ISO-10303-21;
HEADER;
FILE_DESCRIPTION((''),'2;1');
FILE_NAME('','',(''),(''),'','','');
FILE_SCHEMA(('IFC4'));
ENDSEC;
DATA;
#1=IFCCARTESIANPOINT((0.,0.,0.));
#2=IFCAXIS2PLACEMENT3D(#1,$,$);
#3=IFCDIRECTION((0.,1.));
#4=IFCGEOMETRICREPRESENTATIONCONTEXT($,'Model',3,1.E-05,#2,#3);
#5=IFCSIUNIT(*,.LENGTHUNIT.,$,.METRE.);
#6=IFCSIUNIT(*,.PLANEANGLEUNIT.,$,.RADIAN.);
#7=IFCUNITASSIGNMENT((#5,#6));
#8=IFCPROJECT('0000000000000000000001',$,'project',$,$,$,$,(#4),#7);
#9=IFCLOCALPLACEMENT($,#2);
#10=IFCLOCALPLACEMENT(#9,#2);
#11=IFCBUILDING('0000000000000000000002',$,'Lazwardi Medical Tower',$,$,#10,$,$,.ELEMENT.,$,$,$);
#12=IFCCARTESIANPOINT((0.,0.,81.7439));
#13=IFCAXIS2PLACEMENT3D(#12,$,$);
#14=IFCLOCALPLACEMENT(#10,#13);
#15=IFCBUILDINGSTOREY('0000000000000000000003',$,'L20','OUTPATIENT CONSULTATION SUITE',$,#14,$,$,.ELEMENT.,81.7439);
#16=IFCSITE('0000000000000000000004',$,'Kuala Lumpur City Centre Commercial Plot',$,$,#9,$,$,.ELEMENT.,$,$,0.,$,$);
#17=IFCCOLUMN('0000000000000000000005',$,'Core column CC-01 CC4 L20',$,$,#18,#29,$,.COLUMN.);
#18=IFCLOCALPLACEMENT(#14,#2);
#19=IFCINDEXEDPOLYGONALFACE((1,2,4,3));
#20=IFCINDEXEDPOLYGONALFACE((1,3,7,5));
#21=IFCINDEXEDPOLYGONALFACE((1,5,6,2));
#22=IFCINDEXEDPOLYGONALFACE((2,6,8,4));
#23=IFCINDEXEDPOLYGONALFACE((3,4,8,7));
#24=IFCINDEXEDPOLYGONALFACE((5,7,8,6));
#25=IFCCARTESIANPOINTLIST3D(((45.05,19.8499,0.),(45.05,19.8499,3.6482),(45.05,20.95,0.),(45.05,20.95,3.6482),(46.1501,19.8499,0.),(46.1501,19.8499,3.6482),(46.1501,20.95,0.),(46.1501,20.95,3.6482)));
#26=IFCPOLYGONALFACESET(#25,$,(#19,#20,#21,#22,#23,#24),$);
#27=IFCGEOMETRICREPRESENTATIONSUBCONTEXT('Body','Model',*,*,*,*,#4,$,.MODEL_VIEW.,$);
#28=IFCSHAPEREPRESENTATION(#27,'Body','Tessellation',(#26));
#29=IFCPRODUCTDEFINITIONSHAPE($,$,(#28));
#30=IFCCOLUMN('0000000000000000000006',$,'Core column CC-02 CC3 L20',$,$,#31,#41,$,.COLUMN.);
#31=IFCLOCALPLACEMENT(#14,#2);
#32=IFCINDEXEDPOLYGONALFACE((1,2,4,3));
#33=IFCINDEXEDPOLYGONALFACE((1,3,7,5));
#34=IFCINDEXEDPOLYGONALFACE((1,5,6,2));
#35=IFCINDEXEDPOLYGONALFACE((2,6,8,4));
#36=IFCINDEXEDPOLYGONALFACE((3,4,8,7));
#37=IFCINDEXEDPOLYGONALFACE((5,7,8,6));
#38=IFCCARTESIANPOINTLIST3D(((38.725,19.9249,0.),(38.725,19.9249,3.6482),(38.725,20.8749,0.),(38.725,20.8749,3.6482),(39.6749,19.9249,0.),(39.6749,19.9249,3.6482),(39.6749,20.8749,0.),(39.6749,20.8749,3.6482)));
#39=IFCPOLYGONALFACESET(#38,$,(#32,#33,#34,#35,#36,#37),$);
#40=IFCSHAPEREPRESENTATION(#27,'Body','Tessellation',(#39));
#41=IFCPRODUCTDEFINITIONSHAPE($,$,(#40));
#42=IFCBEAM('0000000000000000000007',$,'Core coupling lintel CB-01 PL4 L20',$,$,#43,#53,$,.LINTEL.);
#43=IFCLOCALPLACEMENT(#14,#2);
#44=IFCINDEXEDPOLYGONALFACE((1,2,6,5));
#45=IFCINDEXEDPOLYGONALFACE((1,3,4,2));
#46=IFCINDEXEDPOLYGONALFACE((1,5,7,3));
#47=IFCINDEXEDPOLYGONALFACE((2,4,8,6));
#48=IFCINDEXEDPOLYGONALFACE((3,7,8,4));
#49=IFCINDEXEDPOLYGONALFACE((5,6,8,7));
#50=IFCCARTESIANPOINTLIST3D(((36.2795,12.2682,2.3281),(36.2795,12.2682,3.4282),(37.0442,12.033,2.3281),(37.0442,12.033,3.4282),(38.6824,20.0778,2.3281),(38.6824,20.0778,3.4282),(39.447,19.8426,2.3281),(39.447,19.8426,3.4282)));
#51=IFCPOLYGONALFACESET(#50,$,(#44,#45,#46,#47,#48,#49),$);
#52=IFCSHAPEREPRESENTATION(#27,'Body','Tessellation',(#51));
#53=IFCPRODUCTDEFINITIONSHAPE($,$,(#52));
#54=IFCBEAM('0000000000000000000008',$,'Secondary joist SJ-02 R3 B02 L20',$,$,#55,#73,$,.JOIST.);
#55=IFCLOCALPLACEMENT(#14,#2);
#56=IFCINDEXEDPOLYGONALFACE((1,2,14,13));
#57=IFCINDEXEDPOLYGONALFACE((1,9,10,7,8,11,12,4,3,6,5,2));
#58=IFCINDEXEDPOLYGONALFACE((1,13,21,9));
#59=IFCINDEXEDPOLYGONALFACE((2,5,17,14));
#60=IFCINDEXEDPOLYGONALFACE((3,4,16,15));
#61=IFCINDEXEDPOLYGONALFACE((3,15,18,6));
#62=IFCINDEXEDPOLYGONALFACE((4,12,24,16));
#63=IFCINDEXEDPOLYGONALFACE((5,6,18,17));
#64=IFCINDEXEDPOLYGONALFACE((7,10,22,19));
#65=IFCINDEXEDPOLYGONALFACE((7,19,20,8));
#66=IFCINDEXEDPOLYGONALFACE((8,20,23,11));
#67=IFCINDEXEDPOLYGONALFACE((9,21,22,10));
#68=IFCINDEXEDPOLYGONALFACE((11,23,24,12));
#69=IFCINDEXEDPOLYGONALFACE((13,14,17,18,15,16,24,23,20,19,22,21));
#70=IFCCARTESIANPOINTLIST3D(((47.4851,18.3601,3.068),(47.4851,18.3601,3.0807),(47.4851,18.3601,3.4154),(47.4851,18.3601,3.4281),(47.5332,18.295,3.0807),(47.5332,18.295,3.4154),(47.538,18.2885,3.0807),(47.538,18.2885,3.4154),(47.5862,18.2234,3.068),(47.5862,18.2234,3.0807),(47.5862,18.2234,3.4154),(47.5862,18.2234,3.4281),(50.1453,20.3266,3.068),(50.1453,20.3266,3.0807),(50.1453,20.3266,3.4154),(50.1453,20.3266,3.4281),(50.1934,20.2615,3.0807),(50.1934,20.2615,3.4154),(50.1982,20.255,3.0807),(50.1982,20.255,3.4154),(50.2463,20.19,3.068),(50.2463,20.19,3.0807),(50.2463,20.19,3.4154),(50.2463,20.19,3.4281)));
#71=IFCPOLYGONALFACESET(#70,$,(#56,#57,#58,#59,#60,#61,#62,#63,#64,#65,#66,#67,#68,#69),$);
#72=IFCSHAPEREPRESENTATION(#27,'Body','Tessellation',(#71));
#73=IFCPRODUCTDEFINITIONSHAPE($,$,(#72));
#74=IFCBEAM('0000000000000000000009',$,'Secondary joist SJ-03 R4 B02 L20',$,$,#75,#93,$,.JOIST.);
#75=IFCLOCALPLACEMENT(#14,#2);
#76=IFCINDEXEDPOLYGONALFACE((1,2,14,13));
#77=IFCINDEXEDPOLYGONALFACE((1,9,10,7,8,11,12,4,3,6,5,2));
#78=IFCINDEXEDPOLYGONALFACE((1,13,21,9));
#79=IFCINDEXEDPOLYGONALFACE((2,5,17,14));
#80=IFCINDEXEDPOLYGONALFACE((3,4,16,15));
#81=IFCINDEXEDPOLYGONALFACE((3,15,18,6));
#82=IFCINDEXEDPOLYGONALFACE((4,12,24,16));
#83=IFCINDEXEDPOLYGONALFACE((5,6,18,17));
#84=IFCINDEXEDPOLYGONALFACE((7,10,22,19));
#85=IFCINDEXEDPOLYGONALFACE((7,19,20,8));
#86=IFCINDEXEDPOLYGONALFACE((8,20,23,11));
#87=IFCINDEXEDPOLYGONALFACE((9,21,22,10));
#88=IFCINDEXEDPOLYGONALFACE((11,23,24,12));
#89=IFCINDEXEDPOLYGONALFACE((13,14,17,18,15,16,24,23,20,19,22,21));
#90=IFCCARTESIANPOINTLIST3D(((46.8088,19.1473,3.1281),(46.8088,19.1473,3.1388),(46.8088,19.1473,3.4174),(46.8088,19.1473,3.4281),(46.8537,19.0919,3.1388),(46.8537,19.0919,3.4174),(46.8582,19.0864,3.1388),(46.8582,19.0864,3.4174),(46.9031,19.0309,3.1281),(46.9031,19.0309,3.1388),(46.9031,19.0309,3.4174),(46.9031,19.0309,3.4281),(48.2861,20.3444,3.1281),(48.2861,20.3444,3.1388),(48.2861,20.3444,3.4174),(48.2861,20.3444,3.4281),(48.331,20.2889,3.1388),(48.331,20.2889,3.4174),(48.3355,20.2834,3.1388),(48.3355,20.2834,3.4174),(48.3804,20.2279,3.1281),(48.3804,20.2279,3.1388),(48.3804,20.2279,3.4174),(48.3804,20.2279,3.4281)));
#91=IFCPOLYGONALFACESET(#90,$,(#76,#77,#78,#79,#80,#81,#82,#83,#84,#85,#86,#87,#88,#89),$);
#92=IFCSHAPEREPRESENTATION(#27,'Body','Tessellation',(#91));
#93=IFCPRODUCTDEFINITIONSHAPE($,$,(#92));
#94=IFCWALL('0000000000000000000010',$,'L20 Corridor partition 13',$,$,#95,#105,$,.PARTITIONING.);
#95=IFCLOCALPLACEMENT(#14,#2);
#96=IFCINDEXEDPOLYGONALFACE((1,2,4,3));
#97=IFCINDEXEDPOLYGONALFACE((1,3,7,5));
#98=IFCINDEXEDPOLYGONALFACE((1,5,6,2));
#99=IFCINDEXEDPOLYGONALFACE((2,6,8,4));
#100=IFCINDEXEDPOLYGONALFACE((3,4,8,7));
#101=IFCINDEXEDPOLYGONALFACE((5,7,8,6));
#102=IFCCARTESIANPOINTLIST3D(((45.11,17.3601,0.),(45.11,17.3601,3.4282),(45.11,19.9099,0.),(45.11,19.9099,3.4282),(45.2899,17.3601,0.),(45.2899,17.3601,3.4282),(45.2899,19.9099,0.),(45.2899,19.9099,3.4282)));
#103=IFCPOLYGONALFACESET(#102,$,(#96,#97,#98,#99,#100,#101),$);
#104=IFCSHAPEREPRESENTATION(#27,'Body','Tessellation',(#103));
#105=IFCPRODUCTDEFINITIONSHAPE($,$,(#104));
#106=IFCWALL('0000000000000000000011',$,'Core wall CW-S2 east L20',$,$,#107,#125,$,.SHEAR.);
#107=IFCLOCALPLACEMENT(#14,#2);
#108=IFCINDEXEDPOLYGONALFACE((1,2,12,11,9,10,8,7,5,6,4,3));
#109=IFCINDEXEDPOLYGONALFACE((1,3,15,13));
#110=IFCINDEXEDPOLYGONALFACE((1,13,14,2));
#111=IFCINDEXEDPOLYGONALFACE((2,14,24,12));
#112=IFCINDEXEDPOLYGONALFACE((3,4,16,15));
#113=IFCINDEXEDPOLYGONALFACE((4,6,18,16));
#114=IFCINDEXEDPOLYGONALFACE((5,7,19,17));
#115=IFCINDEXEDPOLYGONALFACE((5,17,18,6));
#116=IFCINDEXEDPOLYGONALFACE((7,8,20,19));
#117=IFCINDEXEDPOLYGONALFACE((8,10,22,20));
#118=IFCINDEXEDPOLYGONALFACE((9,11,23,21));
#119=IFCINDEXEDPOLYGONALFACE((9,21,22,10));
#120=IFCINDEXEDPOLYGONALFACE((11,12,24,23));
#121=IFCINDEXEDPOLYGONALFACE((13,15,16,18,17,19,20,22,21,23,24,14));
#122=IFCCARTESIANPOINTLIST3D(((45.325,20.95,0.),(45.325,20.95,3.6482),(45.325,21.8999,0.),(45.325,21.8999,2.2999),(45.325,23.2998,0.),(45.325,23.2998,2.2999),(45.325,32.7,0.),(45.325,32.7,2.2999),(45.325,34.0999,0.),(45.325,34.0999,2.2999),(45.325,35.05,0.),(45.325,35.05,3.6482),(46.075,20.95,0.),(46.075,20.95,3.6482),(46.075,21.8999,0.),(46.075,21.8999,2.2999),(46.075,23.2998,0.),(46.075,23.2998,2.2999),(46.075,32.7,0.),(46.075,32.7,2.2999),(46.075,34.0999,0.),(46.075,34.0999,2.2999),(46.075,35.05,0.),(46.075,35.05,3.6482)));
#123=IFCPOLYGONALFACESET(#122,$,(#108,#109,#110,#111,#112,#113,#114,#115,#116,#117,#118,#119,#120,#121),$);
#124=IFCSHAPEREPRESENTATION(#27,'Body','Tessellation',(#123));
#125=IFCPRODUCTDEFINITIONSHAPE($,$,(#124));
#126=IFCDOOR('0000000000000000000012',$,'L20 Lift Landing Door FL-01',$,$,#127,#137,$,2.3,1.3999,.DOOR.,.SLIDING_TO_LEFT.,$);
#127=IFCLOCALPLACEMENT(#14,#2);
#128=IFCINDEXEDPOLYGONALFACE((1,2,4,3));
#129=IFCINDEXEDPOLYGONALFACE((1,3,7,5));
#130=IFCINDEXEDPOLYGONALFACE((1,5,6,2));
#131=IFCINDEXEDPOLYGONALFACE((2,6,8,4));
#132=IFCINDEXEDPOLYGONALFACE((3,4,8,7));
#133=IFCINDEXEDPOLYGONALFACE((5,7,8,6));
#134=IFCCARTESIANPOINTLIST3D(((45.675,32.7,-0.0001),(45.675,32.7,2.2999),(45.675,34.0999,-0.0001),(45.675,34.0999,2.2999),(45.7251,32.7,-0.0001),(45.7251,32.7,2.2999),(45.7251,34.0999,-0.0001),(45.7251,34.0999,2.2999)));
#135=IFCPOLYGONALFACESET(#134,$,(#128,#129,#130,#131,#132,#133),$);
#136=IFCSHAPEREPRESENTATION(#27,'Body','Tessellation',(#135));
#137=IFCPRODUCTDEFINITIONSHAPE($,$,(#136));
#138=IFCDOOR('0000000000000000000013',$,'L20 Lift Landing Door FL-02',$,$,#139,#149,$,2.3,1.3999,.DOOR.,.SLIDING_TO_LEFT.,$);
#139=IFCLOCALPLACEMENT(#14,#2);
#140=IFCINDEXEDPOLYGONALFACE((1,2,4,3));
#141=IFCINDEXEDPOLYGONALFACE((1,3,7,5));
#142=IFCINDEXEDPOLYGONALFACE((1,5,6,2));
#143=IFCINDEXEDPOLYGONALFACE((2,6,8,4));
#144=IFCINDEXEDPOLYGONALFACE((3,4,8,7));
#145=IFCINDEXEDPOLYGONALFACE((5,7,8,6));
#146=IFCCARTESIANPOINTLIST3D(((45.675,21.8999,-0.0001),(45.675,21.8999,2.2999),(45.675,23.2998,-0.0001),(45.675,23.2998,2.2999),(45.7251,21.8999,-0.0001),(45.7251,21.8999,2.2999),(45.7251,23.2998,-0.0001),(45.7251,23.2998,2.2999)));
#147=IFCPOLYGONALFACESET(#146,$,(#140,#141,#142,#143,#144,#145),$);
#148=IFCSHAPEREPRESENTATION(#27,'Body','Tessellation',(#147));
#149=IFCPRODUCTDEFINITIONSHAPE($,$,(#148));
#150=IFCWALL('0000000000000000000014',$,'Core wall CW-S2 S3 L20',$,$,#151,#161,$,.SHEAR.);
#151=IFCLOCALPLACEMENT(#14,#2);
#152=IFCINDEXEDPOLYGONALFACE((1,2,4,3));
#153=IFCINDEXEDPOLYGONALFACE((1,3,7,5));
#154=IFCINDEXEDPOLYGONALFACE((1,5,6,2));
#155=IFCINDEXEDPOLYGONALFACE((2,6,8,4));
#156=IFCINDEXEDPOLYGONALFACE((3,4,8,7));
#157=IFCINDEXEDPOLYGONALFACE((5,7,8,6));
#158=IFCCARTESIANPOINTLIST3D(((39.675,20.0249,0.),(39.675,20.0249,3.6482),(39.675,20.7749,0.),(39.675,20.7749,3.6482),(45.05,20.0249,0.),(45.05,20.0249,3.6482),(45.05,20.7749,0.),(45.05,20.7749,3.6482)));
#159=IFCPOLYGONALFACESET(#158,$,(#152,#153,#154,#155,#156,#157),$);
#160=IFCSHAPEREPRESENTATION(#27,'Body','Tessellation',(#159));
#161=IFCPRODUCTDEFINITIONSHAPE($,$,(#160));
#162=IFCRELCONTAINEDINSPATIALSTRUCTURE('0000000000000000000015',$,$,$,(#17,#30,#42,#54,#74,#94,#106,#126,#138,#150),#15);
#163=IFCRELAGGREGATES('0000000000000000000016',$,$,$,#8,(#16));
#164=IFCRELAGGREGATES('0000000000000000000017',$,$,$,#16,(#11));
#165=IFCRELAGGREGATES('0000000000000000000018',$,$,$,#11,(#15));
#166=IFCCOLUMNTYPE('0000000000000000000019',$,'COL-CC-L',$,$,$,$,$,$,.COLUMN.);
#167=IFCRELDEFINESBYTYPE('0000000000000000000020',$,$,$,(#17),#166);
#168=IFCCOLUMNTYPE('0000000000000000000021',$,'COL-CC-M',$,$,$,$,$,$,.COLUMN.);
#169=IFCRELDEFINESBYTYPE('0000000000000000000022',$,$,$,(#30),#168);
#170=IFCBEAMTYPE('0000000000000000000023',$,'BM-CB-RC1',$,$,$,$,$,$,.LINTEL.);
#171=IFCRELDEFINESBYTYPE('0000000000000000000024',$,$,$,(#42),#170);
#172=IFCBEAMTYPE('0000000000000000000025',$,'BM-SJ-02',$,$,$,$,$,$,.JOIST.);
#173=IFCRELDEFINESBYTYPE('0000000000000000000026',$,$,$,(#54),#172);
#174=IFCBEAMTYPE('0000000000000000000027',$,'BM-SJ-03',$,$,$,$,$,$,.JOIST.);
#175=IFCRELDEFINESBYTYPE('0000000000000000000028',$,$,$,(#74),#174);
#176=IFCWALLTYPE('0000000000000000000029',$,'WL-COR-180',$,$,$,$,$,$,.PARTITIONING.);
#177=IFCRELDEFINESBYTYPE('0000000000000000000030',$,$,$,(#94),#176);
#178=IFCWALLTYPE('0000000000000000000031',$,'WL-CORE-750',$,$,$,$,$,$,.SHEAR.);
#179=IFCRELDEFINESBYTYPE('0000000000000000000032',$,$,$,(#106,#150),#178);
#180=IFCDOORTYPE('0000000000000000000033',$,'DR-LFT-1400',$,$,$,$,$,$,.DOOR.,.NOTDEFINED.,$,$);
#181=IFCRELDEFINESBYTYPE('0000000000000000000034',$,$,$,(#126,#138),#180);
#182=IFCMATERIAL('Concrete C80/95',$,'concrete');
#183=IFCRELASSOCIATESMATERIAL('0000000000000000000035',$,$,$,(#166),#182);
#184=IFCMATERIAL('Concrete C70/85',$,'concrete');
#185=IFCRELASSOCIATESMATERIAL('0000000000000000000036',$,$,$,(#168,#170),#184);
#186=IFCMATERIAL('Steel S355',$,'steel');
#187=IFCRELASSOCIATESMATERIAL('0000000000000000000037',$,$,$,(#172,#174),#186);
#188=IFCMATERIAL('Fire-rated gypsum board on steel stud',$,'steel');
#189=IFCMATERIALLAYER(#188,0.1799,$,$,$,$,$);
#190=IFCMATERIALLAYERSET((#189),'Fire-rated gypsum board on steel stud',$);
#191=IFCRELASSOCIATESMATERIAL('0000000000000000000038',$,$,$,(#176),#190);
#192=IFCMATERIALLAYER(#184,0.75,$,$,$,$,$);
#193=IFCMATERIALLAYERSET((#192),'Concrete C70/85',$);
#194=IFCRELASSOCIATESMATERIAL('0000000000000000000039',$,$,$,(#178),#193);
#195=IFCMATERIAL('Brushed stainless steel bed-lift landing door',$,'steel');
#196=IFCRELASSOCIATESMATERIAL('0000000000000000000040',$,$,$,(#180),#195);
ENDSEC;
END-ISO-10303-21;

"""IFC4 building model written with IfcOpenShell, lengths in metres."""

from ifc_helpers import new_model, si_unit, direction, frame, frame_2d, origin, origin_2d, place, context, subcontext, project, spatial, rectangle, i_section, extrude, material, layer, layer_set, material_profile, profile_set, type_object, element, fill, save


model = new_model("IFC4")

# Units and contexts
model_context = context("Model", 3, precision=1e-05, world=origin(), true_north=direction((0.0, 1.0)))
body_context = subcontext(model_context, "Body", "Model", "MODEL_VIEW")
ifc_project = project(units=[si_unit("LENGTHUNIT", "METRE"), si_unit("PLANEANGLEUNIT", "RADIAN")], contexts=[model_context])

# Site, building, storey
site_placement = place(None, origin())
site = spatial("IfcSite", under=ifc_project, at=site_placement, Name="Kuala Lumpur City Centre Commercial Plot", CompositionType="ELEMENT", RefElevation=0.0)
building_placement = place(site_placement, origin())
building = spatial("IfcBuilding", under=site, at=building_placement, Name="Lazwardi Medical Tower", CompositionType="ELEMENT")
storey_placement = place(building_placement, frame((0.0, 0.0, 81.7439)))
storey = spatial("IfcBuildingStorey", under=building, at=storey_placement, Name="L20", Description="OUTPATIENT CONSULTATION SUITE", CompositionType="ELEMENT", Elevation=81.7439)

# Columns
ifc_material_1 = material(Name="Concrete C80/95", Category="concrete")
ifc_material_profile_1 = material_profile(ifc_material_1, rectangle(XDim=1.1001, YDim=1.1001, at=origin_2d()), Name="RC 1100x1100")
ifc_profile_set_1 = profile_set([ifc_material_profile_1], Name="Concrete C80/95")
column_type_1 = type_object("IfcColumnType", Name="COL-CC-L", PredefinedType="COLUMN", material=ifc_profile_set_1)
column_1_placement = place(storey_placement, frame((45.6001, 20.3999, 0.0), z_axis=(0.0, 0.0, 1.0), x_axis=(1.0, 0.0, 0.0)))
element("IfcColumn", 1, at=column_1_placement, inside=storey, type_object=column_type_1, Name="Core column CC-01 CC4 L20", PredefinedType="COLUMN", context=body_context, shape_type="SweptSolid", body=[
    extrude(rectangle(XDim=1.1001, YDim=1.1001, at=origin_2d()), origin(), (0.0, 0.0, 1.0), 3.6482),
])
ifc_material_2 = material(Name="Concrete C70/85", Category="concrete")
ifc_material_profile_2 = material_profile(ifc_material_2, rectangle(XDim=0.95, YDim=0.95, at=origin_2d()), Name="RC 950x950")
ifc_profile_set_2 = profile_set([ifc_material_profile_2], Name="Concrete C70/85")
column_type_2 = type_object("IfcColumnType", Name="COL-CC-M", PredefinedType="COLUMN", material=ifc_profile_set_2)
column_2_placement = place(storey_placement, frame((39.2, 20.3999, 0.0), z_axis=(0.0, 0.0, 1.0), x_axis=(1.0, 0.0, 0.0)))
element("IfcColumn", 2, at=column_2_placement, inside=storey, type_object=column_type_2, Name="Core column CC-02 CC3 L20", PredefinedType="COLUMN", context=body_context, shape_type="SweptSolid", body=[
    extrude(rectangle(XDim=0.95, YDim=0.95, at=origin_2d()), origin(), (0.0, 0.0, 1.0), 3.6482),
])

# Beams
ifc_material_profile_3 = material_profile(ifc_material_2, rectangle(XDim=0.8, YDim=1.1001, at=origin_2d()), Name="RC 800x1100")
ifc_profile_set_3 = profile_set([ifc_material_profile_3], Name="Concrete C70/85")
beam_type_1 = type_object("IfcBeamType", Name="BM-CB-RC1", PredefinedType="LINTEL", material=ifc_profile_set_3)
beam_1_placement = place(storey_placement, frame((39.0647, 19.9602, 2.8782), z_axis=(-0.294073, -0.955783, 0.0), x_axis=(0.955783, -0.294073, 0.0)))
element("IfcBeam", 3, at=beam_1_placement, inside=storey, type_object=beam_type_1, Name="Core coupling lintel CB-01 PL4 L20", PredefinedType="LINTEL", context=body_context, shape_type="SweptSolid", body=[
    extrude(rectangle(XDim=0.8, YDim=1.1001, at=origin_2d()), origin(), (0.0, 0.0, 1.0), 8.1709),
])
ifc_material_3 = material(Name="Steel S355", Category="steel")
ifc_material_profile_4 = material_profile(ifc_material_3, i_section(OverallWidth=0.1699, OverallDepth=0.3601, WebThickness=0.0081, FlangeThickness=0.0127, at=origin_2d()), Name="IPE 360")
ifc_profile_set_4 = profile_set([ifc_material_profile_4], Name="Steel S355")
beam_type_2 = type_object("IfcBeamType", Name="BM-SJ-02", PredefinedType="JOIST", material=ifc_profile_set_4)
beam_2_placement = place(storey_placement, frame((47.5356, 18.2917, 3.248), z_axis=(0.804126, 0.59446, 0.0), x_axis=(-0.59446, 0.804126, 0.0)))
element("IfcBeam", 4, at=beam_2_placement, inside=storey, type_object=beam_type_2, Name="Secondary joist SJ-02 R3 B02 L20", PredefinedType="JOIST", context=body_context, shape_type="SweptSolid", body=[
    extrude(i_section(OverallWidth=0.1699, OverallDepth=0.3601, WebThickness=0.0081, FlangeThickness=0.0127, at=origin_2d()), origin(), (0.0, 0.0, 1.0), 3.3081),
])
ifc_material_profile_5 = material_profile(ifc_material_3, i_section(OverallWidth=0.1499, OverallDepth=0.3, WebThickness=0.0071, FlangeThickness=0.0107, at=origin_2d()), Name="IPE 300")
ifc_profile_set_5 = profile_set([ifc_material_profile_5], Name="Steel S355")
beam_type_3 = type_object("IfcBeamType", Name="BM-SJ-03", PredefinedType="JOIST", material=ifc_profile_set_5)
beam_3_placement = place(storey_placement, frame((46.856, 19.0891, 3.2781), z_axis=(0.776958, 0.629553, 0.0), x_axis=(-0.629553, 0.776958, 0.0)))
element("IfcBeam", 5, at=beam_3_placement, inside=storey, type_object=beam_type_3, Name="Secondary joist SJ-03 R4 B02 L20", PredefinedType="JOIST", context=body_context, shape_type="SweptSolid", body=[
    extrude(i_section(OverallWidth=0.1499, OverallDepth=0.3, WebThickness=0.0071, FlangeThickness=0.0107, at=origin_2d()), origin(), (0.0, 0.0, 1.0), 1.9014),
])

# Wall
ifc_material_4 = material(Name="Fire-rated gypsum board on steel stud", Category="steel")
ifc_layer_1 = layer(ifc_material_4, 0.1799)
ifc_layer_set_1 = layer_set([ifc_layer_1], Name="Fire-rated gypsum board on steel stud")
wall_type_1 = type_object("IfcWallType", Name="WL-COR-180", PredefinedType="PARTITIONING", material=ifc_layer_set_1)
wall_1_placement = place(storey_placement, frame((45.2, 19.9099, 0.0), z_axis=(0.0, 0.0, 1.0), x_axis=(0.0, -1.0, 0.0)))
element("IfcWall", 6, at=wall_1_placement, inside=storey, type_object=wall_type_1, Name="L20 Corridor partition 13", PredefinedType="PARTITIONING", context=body_context, shape_type="SweptSolid", body=[
    extrude(rectangle(XDim=2.5498, YDim=0.1799, at=frame_2d((1.2749, 0.0))), origin(), (0.0, 0.0, 1.0), 3.4282),
])

# Wall, openings, doors
ifc_layer_2 = layer(ifc_material_2, 0.75)
ifc_layer_set_2 = layer_set([ifc_layer_2], Name="Concrete C70/85")
wall_type_2 = type_object("IfcWallType", Name="WL-CORE-750", PredefinedType="SHEAR", material=ifc_layer_set_2)
wall_2_placement = place(storey_placement, frame((45.7, 20.95, 0.0), z_axis=(0.0, 0.0, 1.0), x_axis=(0.0, 1.0, 0.0)))
wall_2 = element("IfcWall", 7, at=wall_2_placement, inside=storey, type_object=wall_type_2, Name="Core wall CW-S2 east L20", PredefinedType="SHEAR", context=body_context, shape_type="SweptSolid", body=[
    extrude(rectangle(XDim=14.1001, YDim=0.75, at=frame_2d((7.05, 0.0))), origin(), (0.0, 0.0, 1.0), 3.6482),
])
opening_1_placement = place(wall_2_placement, frame((11.75, 0.0, 0.0)))
opening_1 = element("IfcOpeningElement", 8, at=opening_1_placement, cuts=wall_2, PredefinedType="OPENING", context=body_context, shape_type="SweptSolid", body=[
    extrude(rectangle(XDim=1.3999, YDim=2.3, at=frame_2d((0.7, 1.1499))), frame((0.0, 0.385, 0.0), z_axis=(0.0, -1.0, 0.0), x_axis=(1.0, 0.0, 0.0)), (0.0, 0.0, 1.0), 0.77),
])
opening_2_placement = place(wall_2_placement, frame((0.95, 0.0, 0.0)))
opening_2 = element("IfcOpeningElement", 9, at=opening_2_placement, cuts=wall_2, PredefinedType="OPENING", context=body_context, shape_type="SweptSolid", body=[
    extrude(rectangle(XDim=1.3999, YDim=2.3, at=frame_2d((0.7, 1.1499))), frame((0.0, 0.385, 0.0), z_axis=(0.0, -1.0, 0.0), x_axis=(1.0, 0.0, 0.0)), (0.0, 0.0, 1.0), 0.77),
])
ifc_material_5 = material(Name="Brushed stainless steel bed-lift landing door", Category="steel")
door_type_1 = type_object("IfcDoorType", Name="DR-LFT-1400", OperationType="NOTDEFINED", PredefinedType="DOOR", material=ifc_material_5)
door_1_placement = place(opening_1_placement, origin())
door_1 = element("IfcDoor", 10, at=door_1_placement, inside=storey, type_object=door_type_1, Name="L20 Lift Landing Door FL-01", OperationType="SLIDING_TO_LEFT", OverallHeight=2.3, OverallWidth=1.3999, PredefinedType="DOOR", context=body_context, shape_type="SweptSolid", body=[
    extrude(rectangle(XDim=1.3999, YDim=2.3, at=frame_2d((0.7, 1.1499))), frame((0.0, 0.0249, 0.0), z_axis=(0.0, -1.0, 0.0), x_axis=(1.0, 0.0, 0.0)), (0.0, 0.0, 1.0), 0.05),
])
fill(opening_1, door_1)
door_2_placement = place(opening_2_placement, origin())
door_2 = element("IfcDoor", 11, at=door_2_placement, inside=storey, type_object=door_type_1, Name="L20 Lift Landing Door FL-02", OperationType="SLIDING_TO_LEFT", OverallHeight=2.3, OverallWidth=1.3999, PredefinedType="DOOR", context=body_context, shape_type="SweptSolid", body=[
    extrude(rectangle(XDim=1.3999, YDim=2.3, at=frame_2d((0.7, 1.1499))), frame((0.0, 0.0249, 0.0), z_axis=(0.0, -1.0, 0.0), x_axis=(1.0, 0.0, 0.0)), (0.0, 0.0, 1.0), 0.05),
])
fill(opening_2, door_2)

# Wall
wall_3_placement = place(storey_placement, frame((39.675, 20.3999, 0.0), z_axis=(0.0, 0.0, 1.0), x_axis=(1.0, 0.0, 0.0)))
element("IfcWall", 12, at=wall_3_placement, inside=storey, type_object=wall_type_2, Name="Core wall CW-S2 S3 L20", PredefinedType="SHEAR", context=body_context, shape_type="SweptSolid", body=[
    extrude(rectangle(XDim=5.375, YDim=0.75, at=frame_2d((2.6875, 0.0))), origin(), (0.0, 0.0, 1.0), 3.6482),
])

save(model, "model.ifc")
